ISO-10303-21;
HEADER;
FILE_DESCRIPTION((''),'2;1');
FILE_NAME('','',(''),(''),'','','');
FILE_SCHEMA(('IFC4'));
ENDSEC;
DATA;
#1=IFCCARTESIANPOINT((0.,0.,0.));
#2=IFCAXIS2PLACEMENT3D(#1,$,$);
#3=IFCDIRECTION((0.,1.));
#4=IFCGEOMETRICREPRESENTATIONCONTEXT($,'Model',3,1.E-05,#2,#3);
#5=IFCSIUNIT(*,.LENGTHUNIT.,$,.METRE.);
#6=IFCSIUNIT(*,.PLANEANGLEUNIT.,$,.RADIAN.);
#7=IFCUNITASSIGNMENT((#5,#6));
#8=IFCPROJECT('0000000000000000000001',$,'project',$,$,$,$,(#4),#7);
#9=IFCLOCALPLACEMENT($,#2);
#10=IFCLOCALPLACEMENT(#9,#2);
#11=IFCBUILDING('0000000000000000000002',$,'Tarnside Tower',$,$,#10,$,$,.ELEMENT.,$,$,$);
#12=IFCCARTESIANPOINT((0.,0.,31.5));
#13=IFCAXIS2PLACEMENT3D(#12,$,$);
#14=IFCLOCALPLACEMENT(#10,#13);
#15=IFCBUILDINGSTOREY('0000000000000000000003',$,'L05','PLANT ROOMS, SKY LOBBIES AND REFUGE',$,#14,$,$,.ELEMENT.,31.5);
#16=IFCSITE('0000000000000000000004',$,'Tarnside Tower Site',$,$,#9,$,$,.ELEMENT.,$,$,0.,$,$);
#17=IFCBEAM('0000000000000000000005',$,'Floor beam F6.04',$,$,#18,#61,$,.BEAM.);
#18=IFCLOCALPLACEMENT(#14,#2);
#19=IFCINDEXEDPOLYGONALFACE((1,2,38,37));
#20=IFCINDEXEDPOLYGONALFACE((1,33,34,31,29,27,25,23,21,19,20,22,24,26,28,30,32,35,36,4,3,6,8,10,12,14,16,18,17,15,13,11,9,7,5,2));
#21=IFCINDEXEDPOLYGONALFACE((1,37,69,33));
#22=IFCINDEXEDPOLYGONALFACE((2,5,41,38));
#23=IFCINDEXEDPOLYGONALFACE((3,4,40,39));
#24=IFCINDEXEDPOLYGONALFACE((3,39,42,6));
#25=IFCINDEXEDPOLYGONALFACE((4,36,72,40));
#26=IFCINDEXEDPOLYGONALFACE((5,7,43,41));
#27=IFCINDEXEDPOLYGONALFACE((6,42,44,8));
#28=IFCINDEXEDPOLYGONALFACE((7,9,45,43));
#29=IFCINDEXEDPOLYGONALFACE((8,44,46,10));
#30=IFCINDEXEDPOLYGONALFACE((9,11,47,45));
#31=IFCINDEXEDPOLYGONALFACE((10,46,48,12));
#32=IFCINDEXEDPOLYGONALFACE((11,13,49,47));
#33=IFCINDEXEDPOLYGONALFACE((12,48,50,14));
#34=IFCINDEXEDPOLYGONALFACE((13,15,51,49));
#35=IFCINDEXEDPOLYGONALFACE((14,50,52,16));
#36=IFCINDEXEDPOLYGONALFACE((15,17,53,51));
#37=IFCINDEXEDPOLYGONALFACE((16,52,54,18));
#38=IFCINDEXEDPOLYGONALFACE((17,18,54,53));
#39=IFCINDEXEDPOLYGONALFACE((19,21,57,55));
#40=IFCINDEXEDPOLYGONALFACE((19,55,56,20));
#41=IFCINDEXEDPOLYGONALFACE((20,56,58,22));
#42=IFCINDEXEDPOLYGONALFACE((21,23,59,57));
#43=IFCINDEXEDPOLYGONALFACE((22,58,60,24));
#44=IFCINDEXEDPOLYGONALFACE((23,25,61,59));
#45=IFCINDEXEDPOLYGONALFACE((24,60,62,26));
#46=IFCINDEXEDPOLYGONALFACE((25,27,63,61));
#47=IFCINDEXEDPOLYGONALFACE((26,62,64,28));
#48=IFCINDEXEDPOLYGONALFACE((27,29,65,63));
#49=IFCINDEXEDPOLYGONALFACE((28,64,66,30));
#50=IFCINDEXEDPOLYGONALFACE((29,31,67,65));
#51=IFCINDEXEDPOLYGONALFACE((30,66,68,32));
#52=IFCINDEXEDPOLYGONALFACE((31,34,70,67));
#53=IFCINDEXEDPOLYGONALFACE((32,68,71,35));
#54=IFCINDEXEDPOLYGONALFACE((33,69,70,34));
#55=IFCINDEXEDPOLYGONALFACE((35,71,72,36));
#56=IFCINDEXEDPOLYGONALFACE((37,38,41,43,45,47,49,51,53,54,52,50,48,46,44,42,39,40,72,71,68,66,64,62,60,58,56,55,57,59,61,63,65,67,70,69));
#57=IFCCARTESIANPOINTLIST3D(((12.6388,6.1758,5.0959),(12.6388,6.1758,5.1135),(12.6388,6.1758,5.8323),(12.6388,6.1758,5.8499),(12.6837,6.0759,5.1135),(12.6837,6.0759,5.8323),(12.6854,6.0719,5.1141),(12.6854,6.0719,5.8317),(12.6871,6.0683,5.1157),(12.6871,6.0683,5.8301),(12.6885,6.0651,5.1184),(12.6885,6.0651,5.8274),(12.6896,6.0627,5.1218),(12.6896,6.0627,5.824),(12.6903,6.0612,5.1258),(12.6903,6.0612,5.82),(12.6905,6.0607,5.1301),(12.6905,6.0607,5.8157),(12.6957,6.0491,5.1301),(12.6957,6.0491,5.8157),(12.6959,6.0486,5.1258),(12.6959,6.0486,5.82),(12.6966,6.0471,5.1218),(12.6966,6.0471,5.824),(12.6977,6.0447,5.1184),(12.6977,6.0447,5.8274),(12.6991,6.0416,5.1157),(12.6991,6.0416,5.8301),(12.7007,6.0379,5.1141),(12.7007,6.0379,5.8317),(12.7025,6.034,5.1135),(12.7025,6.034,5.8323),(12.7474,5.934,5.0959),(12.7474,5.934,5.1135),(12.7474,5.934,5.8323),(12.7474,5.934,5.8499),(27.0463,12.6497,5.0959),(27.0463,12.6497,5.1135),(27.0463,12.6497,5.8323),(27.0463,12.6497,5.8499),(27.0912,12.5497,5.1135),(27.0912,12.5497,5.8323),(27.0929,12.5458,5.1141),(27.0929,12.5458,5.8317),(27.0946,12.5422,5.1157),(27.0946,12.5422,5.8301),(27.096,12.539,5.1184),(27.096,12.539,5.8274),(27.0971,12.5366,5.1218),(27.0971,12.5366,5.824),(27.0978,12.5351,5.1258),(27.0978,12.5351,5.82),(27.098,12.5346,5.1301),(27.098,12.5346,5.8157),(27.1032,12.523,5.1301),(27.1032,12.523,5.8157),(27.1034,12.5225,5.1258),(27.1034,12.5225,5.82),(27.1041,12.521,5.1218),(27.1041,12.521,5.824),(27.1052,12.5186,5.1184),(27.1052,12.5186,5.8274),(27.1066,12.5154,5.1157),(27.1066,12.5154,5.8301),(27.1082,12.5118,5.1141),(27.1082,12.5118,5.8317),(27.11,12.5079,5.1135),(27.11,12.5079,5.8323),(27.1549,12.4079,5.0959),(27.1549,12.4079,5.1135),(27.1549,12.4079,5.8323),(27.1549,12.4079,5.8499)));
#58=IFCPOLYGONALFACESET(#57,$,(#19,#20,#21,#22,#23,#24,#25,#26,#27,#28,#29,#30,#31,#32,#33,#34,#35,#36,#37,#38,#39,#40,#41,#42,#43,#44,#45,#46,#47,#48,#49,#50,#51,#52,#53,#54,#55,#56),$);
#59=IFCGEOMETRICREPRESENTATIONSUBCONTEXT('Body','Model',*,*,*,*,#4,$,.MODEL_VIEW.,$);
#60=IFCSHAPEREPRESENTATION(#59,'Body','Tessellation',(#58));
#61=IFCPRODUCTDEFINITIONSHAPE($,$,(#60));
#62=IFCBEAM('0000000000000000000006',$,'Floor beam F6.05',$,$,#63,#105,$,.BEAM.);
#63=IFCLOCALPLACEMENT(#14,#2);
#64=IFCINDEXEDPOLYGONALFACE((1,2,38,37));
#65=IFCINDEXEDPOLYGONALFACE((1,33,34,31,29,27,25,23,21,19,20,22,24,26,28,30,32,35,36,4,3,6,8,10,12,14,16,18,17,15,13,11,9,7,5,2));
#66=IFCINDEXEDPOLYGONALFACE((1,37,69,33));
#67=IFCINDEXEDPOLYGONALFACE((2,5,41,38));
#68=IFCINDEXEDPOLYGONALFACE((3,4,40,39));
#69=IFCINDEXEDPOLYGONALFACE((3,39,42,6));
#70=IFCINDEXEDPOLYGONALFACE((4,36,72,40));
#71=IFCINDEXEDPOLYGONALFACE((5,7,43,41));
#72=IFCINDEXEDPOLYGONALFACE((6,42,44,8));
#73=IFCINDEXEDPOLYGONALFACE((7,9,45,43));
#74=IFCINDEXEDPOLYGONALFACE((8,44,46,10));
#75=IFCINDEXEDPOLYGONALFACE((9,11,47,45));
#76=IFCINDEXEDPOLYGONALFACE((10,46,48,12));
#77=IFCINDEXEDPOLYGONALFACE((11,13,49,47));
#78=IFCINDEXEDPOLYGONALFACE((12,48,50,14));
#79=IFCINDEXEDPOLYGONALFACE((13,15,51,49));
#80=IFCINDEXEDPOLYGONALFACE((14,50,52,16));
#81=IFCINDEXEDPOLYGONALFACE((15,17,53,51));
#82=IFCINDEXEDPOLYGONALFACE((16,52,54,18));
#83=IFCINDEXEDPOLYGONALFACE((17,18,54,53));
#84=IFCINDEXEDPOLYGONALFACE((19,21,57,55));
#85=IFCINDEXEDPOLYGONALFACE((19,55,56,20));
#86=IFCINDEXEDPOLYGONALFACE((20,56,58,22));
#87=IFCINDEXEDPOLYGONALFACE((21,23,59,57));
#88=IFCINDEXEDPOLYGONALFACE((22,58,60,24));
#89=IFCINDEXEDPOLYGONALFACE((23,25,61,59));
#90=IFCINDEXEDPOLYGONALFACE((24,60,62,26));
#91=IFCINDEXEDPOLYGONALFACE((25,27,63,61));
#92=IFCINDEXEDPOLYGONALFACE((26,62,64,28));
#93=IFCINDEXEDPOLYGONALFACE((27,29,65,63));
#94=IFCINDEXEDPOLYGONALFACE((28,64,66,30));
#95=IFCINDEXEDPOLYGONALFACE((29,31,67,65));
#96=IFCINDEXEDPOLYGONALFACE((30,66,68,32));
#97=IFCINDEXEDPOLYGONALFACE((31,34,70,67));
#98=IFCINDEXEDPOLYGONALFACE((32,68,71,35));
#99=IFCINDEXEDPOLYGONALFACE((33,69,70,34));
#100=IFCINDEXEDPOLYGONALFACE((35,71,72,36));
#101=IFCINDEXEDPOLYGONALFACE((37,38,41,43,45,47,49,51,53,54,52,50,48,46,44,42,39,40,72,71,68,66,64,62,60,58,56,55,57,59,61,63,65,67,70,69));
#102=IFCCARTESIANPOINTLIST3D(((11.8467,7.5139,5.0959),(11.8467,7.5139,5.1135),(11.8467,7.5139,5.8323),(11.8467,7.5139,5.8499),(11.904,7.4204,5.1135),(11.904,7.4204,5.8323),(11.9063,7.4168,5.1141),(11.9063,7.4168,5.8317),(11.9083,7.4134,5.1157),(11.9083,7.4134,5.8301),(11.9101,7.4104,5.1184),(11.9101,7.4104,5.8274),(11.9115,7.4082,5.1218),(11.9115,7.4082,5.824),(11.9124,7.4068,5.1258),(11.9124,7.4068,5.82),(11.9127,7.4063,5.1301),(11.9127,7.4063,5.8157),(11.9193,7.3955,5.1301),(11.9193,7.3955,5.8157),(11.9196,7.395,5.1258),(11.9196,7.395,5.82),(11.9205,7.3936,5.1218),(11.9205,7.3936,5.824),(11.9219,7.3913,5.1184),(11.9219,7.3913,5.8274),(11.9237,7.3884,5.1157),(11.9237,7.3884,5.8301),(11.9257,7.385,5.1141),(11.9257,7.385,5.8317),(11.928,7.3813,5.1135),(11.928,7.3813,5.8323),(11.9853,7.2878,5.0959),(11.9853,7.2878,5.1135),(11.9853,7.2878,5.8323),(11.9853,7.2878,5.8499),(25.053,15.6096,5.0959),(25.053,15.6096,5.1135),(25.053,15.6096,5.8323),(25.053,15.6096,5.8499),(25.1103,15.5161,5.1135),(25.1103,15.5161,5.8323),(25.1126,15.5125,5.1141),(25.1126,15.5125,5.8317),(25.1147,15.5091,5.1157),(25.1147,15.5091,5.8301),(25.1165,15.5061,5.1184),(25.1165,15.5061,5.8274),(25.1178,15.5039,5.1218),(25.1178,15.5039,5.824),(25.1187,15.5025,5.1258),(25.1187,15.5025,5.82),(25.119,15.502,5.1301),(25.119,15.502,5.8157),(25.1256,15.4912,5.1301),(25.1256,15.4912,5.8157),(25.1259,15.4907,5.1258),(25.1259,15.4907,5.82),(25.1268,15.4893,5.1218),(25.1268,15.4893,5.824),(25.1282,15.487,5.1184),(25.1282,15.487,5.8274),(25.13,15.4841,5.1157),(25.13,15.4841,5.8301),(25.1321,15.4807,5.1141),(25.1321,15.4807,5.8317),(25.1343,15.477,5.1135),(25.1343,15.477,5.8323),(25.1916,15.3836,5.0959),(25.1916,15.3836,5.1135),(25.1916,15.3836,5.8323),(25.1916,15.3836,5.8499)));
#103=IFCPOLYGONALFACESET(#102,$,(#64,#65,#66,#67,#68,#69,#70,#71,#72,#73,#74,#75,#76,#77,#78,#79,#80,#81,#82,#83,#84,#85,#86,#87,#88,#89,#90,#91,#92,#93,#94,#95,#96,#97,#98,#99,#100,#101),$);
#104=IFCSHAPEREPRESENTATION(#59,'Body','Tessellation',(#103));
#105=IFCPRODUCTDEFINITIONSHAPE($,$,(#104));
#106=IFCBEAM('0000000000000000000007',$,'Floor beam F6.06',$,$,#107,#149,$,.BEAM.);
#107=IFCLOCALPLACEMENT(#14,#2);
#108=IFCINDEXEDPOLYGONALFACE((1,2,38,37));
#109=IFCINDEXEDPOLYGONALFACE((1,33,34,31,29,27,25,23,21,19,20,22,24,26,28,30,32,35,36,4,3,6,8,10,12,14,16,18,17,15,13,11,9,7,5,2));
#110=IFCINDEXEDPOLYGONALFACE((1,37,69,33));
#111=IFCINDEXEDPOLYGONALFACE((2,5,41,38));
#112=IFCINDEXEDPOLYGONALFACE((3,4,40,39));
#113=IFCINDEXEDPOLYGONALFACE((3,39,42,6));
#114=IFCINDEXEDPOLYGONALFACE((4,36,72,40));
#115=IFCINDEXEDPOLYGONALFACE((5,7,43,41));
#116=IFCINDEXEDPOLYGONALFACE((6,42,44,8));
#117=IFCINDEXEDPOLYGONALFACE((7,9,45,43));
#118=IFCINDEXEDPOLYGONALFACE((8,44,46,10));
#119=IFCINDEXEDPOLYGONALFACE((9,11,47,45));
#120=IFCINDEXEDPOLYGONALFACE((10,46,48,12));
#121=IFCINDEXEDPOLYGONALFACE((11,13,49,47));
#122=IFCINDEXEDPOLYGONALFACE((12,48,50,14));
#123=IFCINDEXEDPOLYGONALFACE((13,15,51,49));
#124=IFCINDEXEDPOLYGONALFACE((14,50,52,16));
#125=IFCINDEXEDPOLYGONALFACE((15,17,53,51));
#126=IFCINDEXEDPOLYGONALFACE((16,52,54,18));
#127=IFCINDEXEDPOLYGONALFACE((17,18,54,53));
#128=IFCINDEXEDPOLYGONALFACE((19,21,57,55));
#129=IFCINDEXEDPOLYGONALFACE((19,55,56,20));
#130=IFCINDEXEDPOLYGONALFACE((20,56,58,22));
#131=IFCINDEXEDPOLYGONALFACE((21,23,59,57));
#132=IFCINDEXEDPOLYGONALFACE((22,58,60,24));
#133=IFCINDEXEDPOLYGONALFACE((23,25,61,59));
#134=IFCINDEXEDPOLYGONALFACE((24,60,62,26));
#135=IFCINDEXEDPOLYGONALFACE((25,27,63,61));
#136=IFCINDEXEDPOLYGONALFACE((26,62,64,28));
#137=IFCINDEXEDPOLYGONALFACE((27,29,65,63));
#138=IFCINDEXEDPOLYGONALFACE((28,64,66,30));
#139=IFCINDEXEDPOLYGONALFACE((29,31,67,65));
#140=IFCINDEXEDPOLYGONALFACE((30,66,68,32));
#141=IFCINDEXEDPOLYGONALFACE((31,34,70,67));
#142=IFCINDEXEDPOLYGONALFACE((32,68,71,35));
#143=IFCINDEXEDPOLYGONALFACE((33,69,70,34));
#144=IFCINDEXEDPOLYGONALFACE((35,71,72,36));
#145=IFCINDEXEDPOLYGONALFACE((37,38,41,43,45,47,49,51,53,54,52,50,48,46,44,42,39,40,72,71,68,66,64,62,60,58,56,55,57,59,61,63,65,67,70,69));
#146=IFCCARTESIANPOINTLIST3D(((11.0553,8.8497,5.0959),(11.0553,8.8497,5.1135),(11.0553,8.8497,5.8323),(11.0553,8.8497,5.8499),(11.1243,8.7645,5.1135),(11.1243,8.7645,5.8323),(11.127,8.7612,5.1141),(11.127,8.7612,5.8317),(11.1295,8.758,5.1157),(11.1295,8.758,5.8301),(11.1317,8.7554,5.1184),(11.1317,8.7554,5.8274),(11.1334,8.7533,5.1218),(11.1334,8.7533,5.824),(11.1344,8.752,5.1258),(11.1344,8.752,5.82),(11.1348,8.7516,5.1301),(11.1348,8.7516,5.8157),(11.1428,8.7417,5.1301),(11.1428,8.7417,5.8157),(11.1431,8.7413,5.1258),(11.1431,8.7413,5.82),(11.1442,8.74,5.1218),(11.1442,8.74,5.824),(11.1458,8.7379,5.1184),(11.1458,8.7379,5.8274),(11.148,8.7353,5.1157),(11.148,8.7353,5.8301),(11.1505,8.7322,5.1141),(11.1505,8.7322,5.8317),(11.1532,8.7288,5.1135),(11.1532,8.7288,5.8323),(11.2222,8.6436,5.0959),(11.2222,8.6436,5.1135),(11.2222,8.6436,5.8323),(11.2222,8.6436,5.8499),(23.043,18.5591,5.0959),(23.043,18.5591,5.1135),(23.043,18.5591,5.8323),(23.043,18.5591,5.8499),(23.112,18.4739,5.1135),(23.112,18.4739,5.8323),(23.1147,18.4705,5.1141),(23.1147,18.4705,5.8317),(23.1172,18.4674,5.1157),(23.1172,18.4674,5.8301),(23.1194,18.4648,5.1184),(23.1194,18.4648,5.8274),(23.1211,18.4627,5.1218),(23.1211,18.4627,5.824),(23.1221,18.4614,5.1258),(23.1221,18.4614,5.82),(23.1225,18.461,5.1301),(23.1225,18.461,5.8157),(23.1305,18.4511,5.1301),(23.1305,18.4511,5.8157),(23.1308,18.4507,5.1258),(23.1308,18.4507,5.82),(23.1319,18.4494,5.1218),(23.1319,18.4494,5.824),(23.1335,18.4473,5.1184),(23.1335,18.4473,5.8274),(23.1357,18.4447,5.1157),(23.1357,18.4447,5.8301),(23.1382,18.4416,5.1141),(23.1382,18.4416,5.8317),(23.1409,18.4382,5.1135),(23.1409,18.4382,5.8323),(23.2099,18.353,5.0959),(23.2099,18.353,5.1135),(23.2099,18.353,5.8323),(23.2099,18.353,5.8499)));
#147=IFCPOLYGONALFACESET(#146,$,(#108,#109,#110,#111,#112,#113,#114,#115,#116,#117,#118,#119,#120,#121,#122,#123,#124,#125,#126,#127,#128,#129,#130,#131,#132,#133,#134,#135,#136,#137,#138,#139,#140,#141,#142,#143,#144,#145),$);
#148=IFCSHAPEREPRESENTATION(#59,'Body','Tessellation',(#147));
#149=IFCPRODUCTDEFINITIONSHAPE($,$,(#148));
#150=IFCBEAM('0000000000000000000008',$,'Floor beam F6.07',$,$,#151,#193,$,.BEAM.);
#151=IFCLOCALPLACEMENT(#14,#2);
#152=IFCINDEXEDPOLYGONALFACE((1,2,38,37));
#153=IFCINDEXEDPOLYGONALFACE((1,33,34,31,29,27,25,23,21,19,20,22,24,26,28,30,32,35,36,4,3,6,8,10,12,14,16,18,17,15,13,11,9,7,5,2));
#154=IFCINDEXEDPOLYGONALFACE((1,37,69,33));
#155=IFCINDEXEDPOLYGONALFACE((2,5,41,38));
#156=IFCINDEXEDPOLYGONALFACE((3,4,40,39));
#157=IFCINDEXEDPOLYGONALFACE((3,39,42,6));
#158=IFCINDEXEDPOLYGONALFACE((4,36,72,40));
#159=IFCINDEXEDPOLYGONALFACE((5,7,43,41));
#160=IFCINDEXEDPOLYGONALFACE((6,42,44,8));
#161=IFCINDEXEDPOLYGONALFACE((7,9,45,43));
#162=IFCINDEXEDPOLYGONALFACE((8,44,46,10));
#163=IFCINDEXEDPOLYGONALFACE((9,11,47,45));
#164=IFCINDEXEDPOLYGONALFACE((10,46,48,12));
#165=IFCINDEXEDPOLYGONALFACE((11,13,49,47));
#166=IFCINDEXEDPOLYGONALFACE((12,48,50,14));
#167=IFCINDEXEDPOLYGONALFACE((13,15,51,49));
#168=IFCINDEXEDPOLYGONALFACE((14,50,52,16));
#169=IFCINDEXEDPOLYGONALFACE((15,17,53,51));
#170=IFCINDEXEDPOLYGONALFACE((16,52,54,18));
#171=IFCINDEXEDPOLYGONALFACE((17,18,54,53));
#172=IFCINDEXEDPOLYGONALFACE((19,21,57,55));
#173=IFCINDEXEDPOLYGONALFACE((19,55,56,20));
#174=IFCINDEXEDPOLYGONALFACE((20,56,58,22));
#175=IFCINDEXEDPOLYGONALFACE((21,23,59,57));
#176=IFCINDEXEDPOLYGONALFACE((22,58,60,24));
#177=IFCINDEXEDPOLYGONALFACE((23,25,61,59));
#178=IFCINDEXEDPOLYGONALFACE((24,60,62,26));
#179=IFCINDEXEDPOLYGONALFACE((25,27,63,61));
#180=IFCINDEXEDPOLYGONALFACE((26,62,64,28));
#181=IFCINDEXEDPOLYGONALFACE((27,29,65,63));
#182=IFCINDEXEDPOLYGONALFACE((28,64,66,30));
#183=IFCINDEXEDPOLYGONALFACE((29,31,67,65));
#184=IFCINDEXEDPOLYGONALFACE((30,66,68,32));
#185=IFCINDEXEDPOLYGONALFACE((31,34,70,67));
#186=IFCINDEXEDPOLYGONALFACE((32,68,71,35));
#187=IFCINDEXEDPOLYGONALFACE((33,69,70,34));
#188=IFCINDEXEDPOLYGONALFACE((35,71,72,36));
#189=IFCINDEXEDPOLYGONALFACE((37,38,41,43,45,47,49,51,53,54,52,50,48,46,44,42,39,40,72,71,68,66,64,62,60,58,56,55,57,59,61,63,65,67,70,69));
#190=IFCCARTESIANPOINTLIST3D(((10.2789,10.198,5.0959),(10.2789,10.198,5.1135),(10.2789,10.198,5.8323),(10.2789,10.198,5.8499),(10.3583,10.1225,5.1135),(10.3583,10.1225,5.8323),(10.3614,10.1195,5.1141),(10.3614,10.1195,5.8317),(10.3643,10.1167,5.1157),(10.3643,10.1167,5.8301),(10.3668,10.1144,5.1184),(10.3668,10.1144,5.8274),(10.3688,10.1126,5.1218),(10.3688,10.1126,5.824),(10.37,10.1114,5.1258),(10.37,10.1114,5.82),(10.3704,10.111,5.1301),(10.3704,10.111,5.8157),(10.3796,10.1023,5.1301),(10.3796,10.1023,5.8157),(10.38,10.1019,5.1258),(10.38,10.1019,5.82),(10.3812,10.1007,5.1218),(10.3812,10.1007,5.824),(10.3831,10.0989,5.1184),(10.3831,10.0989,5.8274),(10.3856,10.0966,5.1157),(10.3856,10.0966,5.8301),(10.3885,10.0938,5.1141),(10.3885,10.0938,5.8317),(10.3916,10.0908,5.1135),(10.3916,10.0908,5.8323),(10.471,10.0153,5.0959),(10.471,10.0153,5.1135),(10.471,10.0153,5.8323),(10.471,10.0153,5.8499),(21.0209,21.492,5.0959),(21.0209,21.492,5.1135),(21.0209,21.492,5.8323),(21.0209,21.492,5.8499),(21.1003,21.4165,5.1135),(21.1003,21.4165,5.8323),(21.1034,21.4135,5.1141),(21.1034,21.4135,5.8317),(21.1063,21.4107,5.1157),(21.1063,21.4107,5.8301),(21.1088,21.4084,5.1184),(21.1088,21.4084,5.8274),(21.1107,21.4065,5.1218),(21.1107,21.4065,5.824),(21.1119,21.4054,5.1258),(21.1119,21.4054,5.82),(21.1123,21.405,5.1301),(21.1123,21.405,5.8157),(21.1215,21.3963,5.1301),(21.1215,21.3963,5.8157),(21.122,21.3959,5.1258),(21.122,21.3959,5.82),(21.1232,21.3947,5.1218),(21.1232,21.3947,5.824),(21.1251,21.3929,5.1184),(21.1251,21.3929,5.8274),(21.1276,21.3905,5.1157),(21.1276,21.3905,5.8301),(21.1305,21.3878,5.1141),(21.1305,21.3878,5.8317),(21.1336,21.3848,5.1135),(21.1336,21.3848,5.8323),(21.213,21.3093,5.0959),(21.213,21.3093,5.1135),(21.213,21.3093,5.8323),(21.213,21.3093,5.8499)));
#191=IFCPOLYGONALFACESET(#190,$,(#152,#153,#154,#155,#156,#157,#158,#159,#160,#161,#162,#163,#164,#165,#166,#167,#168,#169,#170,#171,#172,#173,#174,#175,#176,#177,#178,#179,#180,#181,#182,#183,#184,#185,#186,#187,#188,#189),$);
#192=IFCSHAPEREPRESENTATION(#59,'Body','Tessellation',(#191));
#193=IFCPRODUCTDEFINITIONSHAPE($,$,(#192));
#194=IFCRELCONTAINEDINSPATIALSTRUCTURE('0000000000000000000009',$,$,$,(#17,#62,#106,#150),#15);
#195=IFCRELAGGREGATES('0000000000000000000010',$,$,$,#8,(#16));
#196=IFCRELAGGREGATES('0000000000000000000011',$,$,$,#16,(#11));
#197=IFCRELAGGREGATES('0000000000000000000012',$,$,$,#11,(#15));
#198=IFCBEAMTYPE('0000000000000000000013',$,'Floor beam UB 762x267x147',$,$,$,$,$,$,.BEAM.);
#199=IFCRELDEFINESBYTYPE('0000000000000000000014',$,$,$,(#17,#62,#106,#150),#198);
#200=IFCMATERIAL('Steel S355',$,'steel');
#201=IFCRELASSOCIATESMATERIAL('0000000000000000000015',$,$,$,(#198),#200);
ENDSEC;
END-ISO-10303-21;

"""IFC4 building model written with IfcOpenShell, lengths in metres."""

from ifc_helpers import new_model, si_unit, direction, frame, origin, origin_2d, place, context, subcontext, project, spatial, i_section, extrude, material, material_profile, profile_set, type_object, element, save


model = new_model("IFC4")

# Units and contexts
model_context = context("Model", 3, precision=1e-05, world=origin(), true_north=direction((0.0, 1.0)))
body_context = subcontext(model_context, "Body", "Model", "MODEL_VIEW")
ifc_project = project(units=[si_unit("LENGTHUNIT", "METRE"), si_unit("PLANEANGLEUNIT", "RADIAN")], contexts=[model_context])

# Site, building, storey
site_placement = place(None, origin())
site = spatial("IfcSite", under=ifc_project, at=site_placement, Name="Tarnside Tower Site", CompositionType="ELEMENT", RefElevation=0.0)
building_placement = place(site_placement, origin())
building = spatial("IfcBuilding", under=site, at=building_placement, Name="Tarnside Tower", CompositionType="ELEMENT")
storey_placement = place(building_placement, frame((0.0, 0.0, 31.5)))
storey = spatial("IfcBuildingStorey", under=building, at=storey_placement, Name="L05", Description="PLANT ROOMS, SKY LOBBIES AND REFUGE", CompositionType="ELEMENT", Elevation=31.5)

# Beams
ifc_material_1 = material(Name="Steel S355", Category="steel")
ifc_material_profile_1 = material_profile(ifc_material_1, i_section(OverallWidth=0.2651, OverallDepth=0.7539, WebThickness=0.0127, FlangeThickness=0.0176, FilletRadius=0.0166, at=origin_2d()), Name="UB 762x267x147")
ifc_profile_set_1 = profile_set([ifc_material_profile_1], Name="Steel S355")
beam_type_1 = type_object("IfcBeamType", Name="Floor beam UB 762x267x147", PredefinedType="BEAM", material=ifc_profile_set_1)
beam_1_placement = place(storey_placement, frame((27.1006, 12.5288, 5.4729), z_axis=(-0.912146, -0.409865, 0.0), x_axis=(0.409865, -0.912146, 0.0)))
element("IfcBeam", 1, at=beam_1_placement, inside=storey, type_object=beam_type_1, Name="Floor beam F6.04", PredefinedType="BEAM", context=body_context, shape_type="SweptSolid", body=[
    extrude(i_section(OverallWidth=0.2651, OverallDepth=0.7539, WebThickness=0.0127, FlangeThickness=0.0176, FilletRadius=0.0166, at=origin_2d()), origin(), (0.0, 0.0, 1.0), 15.7952),
])
beam_2_placement = place(storey_placement, frame((25.1223, 15.4966, 5.4729), z_axis=(-0.852558, -0.522633, 0.0), x_axis=(0.522633, -0.852558, 0.0)))
element("IfcBeam", 2, at=beam_2_placement, inside=storey, type_object=beam_type_1, Name="Floor beam F6.05", PredefinedType="BEAM", context=body_context, shape_type="SweptSolid", body=[
    extrude(i_section(OverallWidth=0.2651, OverallDepth=0.7539, WebThickness=0.0127, FlangeThickness=0.0176, FilletRadius=0.0166, at=origin_2d()), origin(), (0.0, 0.0, 1.0), 15.4902),
])
beam_3_placement = place(storey_placement, frame((23.1265, 18.4561, 5.4729), z_axis=(-0.777084, -0.629397, 0.0), x_axis=(0.629397, -0.777084, 0.0)))
element("IfcBeam", 3, at=beam_3_placement, inside=storey, type_object=beam_type_1, Name="Floor beam F6.06", PredefinedType="BEAM", context=body_context, shape_type="SweptSolid", body=[
    extrude(i_section(OverallWidth=0.2651, OverallDepth=0.7539, WebThickness=0.0127, FlangeThickness=0.0176, FilletRadius=0.0166, at=origin_2d()), origin(), (0.0, 0.0, 1.0), 15.4265),
])
beam_4_placement = place(storey_placement, frame((21.1169, 21.4006, 5.4729), z_axis=(-0.689177, -0.724593, 0.0), x_axis=(0.724593, -0.689177, 0.0)))
element("IfcBeam", 4, at=beam_4_placement, inside=storey, type_object=beam_type_1, Name="Floor beam F6.07", PredefinedType="BEAM", context=body_context, shape_type="SweptSolid", body=[
    extrude(i_section(OverallWidth=0.2651, OverallDepth=0.7539, WebThickness=0.0127, FlangeThickness=0.0176, FilletRadius=0.0166, at=origin_2d()), origin(), (0.0, 0.0, 1.0), 15.5867),
])

save(model, "model.ifc")
